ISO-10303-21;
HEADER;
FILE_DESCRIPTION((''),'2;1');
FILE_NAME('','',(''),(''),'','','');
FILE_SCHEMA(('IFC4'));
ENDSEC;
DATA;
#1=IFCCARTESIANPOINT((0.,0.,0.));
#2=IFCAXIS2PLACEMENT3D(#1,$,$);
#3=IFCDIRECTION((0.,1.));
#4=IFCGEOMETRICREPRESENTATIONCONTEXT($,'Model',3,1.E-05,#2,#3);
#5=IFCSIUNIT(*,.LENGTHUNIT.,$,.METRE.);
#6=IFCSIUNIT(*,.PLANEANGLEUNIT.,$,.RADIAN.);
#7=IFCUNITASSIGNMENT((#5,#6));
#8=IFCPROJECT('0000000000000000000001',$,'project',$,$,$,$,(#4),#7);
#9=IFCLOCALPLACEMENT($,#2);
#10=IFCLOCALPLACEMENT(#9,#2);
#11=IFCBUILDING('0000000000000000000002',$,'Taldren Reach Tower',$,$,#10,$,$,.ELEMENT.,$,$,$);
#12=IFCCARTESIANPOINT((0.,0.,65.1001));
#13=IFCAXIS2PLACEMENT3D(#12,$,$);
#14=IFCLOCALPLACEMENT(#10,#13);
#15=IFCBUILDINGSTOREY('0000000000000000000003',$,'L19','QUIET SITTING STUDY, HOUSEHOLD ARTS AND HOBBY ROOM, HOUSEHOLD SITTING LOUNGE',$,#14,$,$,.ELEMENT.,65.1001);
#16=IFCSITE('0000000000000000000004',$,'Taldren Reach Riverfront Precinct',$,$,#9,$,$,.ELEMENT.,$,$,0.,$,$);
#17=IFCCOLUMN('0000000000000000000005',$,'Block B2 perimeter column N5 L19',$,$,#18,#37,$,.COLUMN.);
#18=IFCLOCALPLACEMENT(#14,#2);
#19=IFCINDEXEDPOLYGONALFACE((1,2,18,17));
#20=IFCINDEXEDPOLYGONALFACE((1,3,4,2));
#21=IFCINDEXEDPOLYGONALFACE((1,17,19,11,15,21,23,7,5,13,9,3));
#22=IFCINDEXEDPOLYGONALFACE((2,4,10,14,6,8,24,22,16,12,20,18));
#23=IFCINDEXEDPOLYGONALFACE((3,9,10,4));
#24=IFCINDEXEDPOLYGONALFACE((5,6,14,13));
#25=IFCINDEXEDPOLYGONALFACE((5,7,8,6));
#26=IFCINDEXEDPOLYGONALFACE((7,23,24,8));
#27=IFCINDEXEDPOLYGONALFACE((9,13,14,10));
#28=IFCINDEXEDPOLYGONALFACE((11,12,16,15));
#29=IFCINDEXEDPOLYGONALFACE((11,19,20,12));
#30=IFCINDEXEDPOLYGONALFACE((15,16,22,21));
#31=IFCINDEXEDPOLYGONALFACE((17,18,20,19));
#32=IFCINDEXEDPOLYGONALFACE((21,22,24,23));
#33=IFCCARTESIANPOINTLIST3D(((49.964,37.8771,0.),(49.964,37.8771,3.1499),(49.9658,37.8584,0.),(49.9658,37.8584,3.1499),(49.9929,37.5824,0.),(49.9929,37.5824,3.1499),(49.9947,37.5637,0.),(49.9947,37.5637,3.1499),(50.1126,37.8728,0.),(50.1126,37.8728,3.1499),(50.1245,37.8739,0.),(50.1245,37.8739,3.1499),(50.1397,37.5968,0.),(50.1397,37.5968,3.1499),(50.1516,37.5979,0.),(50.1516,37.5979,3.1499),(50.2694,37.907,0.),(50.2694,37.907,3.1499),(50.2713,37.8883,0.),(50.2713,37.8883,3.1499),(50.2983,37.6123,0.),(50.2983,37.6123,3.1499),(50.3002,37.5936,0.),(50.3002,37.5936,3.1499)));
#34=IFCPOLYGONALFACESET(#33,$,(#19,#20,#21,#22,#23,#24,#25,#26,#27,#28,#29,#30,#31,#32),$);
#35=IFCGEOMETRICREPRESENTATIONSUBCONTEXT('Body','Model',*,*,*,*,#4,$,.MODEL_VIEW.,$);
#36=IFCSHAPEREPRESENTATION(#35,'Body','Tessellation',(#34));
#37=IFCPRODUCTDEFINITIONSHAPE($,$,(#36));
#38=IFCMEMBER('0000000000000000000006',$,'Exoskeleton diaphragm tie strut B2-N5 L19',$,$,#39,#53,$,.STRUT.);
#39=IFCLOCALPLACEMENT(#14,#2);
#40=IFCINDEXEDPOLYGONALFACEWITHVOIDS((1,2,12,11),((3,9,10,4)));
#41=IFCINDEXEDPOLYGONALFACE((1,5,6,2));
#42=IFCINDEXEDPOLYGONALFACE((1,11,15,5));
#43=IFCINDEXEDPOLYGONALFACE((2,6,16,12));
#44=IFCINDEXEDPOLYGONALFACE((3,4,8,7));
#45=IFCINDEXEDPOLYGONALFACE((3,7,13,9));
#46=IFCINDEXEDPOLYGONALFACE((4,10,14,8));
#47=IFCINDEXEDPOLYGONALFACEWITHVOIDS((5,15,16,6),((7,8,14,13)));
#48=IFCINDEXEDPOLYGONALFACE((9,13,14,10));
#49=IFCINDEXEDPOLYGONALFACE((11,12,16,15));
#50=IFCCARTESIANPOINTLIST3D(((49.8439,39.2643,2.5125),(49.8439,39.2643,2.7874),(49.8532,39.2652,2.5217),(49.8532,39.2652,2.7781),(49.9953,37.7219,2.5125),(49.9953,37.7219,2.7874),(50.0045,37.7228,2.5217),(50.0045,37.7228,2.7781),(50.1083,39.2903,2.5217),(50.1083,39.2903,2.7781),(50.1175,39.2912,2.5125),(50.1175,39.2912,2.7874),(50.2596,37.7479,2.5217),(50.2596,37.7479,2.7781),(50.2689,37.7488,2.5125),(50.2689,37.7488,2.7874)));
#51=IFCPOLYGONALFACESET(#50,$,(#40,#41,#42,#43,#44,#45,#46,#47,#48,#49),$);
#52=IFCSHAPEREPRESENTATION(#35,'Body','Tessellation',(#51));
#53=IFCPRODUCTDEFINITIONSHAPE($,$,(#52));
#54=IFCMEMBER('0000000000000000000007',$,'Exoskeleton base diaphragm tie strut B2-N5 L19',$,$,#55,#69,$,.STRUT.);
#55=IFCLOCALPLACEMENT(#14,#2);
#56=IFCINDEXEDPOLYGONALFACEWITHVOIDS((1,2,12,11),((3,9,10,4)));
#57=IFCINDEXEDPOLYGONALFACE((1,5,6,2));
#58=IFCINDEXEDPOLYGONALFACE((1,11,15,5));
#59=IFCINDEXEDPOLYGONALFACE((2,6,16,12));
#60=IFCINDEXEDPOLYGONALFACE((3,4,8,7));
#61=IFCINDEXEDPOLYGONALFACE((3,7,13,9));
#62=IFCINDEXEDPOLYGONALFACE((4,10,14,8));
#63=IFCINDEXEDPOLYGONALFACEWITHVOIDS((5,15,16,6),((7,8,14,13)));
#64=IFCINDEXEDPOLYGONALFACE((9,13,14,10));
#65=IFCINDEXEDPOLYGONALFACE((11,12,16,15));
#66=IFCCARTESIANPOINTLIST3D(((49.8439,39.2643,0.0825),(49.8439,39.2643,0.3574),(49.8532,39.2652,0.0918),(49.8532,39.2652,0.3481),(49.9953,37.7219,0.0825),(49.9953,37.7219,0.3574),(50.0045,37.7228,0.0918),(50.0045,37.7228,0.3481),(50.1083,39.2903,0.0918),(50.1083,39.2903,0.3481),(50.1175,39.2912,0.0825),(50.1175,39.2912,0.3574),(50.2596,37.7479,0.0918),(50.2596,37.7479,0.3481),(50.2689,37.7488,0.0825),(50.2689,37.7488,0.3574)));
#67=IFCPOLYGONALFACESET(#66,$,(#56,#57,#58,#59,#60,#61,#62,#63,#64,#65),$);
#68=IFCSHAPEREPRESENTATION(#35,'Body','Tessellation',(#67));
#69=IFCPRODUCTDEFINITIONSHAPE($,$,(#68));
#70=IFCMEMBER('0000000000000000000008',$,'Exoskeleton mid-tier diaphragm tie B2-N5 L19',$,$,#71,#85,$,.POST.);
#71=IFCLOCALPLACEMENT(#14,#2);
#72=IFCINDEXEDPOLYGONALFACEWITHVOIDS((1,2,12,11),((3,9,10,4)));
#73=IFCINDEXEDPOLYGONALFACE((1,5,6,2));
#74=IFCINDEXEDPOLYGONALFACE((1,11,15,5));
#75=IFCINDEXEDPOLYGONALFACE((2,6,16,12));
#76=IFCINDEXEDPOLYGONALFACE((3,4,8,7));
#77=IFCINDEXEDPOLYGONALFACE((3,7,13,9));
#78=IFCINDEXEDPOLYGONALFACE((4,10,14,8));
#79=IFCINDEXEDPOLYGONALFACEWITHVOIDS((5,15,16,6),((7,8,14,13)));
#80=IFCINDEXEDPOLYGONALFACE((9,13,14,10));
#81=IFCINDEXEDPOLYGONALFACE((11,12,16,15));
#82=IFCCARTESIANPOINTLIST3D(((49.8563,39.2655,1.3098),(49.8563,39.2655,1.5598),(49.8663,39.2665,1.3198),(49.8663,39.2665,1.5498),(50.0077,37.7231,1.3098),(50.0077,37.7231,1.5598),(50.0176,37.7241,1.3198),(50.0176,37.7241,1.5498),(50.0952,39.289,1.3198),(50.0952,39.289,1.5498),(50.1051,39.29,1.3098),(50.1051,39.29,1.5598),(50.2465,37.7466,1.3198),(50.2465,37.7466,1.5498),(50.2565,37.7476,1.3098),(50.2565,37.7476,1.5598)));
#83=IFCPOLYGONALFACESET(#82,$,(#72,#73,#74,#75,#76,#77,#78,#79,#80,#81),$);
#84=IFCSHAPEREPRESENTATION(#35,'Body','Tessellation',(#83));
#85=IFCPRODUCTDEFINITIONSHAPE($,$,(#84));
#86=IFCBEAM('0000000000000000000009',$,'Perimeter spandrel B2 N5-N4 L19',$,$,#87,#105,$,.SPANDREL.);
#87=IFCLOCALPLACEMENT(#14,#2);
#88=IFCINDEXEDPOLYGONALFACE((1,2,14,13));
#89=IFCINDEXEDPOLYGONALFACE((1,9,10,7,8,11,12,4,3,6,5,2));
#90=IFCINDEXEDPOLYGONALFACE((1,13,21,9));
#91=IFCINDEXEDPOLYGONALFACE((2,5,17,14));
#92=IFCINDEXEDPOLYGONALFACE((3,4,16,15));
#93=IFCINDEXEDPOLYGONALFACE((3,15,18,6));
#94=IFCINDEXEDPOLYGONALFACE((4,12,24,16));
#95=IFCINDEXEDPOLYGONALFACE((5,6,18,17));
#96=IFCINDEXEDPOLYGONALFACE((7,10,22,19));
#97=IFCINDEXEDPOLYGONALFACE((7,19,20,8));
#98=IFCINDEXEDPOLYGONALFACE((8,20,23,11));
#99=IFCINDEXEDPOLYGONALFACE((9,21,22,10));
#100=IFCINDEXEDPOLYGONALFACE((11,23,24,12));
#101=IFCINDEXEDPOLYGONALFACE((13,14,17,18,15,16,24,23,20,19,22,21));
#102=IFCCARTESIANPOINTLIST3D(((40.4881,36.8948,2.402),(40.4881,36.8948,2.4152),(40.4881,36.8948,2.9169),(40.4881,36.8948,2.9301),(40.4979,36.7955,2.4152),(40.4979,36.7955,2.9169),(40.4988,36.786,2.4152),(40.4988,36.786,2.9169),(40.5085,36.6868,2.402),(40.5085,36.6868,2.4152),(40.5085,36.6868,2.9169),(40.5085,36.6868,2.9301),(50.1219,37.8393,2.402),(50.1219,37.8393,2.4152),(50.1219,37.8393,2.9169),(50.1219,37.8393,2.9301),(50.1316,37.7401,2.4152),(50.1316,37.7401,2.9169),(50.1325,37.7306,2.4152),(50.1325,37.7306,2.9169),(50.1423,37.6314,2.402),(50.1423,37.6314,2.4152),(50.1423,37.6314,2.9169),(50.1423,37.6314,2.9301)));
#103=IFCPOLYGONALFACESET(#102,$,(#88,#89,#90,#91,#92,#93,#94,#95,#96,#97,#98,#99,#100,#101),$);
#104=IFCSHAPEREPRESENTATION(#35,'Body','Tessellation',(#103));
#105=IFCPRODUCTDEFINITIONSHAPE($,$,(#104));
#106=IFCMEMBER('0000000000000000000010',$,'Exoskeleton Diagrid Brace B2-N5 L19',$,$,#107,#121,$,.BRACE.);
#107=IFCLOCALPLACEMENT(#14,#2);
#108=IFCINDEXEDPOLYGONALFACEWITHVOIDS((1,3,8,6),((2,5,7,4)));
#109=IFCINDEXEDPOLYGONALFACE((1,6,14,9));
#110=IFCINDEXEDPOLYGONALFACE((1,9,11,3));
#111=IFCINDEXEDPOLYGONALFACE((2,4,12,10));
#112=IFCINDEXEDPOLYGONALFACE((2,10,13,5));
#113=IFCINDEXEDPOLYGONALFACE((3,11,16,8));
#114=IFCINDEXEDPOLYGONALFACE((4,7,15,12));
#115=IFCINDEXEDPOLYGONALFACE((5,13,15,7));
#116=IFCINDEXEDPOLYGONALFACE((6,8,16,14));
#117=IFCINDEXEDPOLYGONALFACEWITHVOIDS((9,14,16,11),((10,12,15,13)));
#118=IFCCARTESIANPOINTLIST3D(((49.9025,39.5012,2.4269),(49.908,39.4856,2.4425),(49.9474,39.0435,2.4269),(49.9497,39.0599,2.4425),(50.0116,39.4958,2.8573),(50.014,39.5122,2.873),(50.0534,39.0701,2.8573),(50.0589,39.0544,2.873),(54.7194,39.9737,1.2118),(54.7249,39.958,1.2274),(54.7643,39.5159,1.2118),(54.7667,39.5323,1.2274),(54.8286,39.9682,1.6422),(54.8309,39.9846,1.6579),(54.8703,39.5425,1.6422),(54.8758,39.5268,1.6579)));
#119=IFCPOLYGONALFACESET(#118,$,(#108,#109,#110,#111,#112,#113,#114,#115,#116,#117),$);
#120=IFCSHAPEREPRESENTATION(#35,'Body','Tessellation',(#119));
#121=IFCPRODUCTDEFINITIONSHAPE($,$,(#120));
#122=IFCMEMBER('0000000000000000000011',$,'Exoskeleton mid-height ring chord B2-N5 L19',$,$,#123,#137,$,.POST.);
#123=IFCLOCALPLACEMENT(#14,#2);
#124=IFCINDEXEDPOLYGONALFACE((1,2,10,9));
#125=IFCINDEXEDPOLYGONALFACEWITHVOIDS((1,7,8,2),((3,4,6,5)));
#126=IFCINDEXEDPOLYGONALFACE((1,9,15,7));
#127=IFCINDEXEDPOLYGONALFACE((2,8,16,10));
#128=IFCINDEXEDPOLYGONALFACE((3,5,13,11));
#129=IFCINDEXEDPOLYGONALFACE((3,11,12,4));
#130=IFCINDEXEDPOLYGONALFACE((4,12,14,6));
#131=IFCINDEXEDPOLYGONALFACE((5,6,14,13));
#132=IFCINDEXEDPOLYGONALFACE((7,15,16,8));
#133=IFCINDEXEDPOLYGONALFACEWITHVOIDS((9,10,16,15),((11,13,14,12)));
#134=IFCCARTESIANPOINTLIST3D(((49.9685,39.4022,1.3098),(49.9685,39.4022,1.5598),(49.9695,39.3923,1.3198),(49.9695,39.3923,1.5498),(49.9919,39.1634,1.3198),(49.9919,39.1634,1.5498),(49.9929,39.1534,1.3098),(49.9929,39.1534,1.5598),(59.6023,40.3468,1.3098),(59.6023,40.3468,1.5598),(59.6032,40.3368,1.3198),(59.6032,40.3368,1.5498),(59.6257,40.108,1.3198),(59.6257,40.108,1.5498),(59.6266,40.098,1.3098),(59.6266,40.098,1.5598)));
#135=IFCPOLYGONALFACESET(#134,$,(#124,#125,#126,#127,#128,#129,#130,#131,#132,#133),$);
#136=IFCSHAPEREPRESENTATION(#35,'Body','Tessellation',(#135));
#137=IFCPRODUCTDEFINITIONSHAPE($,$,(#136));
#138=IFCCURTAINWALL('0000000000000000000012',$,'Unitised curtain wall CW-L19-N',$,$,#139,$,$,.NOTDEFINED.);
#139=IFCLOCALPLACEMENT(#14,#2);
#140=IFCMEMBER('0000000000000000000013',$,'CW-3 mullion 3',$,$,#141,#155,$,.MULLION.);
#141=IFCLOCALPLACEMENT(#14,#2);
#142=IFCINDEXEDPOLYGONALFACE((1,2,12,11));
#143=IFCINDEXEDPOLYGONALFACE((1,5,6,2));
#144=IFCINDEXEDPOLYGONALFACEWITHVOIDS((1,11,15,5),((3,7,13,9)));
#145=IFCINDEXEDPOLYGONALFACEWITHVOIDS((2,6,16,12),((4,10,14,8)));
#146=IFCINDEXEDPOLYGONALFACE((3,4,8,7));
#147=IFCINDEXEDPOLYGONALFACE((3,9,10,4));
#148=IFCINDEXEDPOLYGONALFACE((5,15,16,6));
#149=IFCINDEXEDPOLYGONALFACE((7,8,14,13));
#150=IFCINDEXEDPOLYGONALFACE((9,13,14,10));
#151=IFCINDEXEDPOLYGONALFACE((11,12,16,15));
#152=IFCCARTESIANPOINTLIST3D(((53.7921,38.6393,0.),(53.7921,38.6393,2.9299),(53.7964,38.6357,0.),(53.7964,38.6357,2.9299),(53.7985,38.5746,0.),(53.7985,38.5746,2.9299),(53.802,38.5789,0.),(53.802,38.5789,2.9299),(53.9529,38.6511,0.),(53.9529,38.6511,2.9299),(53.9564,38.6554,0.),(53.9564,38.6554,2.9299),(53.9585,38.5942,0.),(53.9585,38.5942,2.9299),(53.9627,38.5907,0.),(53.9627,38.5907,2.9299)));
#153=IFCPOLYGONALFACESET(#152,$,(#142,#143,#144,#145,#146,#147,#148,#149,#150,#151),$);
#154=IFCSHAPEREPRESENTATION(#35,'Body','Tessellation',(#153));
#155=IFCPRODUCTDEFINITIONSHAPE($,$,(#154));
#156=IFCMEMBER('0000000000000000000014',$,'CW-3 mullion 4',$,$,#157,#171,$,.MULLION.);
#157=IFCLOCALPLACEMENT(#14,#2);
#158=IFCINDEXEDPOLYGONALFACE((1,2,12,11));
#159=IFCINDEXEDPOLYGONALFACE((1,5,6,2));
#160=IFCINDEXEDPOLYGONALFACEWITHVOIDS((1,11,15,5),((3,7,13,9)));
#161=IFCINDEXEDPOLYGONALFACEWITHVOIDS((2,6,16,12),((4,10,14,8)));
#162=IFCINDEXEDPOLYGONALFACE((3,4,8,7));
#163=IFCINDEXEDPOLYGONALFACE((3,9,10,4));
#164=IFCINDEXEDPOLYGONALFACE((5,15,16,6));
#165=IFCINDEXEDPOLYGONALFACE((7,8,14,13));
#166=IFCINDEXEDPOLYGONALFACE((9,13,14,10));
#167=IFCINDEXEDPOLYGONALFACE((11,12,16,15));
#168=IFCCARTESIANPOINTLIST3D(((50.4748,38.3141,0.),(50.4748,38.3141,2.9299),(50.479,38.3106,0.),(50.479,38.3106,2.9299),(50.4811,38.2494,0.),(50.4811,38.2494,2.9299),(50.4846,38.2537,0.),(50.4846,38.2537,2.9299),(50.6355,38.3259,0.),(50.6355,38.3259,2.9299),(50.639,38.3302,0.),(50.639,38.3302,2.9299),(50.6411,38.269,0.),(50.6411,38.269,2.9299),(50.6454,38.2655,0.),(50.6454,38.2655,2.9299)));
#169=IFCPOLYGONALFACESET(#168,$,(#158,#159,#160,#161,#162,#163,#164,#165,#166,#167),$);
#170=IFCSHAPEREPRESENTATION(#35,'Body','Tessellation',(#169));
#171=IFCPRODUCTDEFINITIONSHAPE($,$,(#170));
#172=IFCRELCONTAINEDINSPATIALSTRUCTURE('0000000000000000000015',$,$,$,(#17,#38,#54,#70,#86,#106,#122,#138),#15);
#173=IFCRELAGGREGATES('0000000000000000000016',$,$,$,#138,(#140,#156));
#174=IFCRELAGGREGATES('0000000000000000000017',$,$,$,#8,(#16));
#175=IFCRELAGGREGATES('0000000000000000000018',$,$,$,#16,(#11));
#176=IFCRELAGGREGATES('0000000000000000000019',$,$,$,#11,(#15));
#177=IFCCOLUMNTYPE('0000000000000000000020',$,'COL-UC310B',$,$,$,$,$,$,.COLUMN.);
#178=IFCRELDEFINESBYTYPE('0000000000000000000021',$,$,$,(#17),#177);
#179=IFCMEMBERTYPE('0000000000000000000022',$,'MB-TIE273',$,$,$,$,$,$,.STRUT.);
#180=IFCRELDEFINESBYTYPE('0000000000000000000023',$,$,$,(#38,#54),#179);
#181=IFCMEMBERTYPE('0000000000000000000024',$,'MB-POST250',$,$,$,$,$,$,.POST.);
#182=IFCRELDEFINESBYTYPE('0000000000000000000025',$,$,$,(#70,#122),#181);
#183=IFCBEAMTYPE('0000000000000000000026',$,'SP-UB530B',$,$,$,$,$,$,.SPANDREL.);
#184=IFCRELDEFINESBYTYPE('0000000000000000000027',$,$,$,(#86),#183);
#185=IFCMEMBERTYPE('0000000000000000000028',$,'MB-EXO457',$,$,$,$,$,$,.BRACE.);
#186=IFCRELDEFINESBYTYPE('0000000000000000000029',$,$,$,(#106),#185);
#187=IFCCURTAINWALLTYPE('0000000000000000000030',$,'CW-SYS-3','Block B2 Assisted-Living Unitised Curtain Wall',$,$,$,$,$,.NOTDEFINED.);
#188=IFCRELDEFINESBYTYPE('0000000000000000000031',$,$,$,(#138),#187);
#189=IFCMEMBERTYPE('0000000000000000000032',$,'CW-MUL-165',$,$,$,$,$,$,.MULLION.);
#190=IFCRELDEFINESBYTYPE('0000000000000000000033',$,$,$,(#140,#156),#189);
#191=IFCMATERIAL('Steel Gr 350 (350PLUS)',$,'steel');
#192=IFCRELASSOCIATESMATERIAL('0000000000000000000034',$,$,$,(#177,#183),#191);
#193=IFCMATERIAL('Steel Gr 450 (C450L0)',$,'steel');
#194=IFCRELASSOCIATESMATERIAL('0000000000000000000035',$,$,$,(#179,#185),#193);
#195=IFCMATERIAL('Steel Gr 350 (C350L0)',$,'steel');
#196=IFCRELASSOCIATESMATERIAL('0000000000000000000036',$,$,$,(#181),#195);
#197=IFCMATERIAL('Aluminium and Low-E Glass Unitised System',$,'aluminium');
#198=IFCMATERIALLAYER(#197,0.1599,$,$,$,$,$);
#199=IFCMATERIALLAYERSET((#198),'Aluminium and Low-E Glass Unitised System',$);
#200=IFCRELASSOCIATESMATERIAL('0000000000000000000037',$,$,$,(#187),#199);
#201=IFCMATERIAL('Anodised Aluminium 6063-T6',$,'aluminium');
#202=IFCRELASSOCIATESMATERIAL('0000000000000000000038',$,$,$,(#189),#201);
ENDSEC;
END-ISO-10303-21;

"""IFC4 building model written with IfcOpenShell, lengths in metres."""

from ifc_helpers import new_model, si_unit, direction, frame, origin, origin_2d, place, context, subcontext, project, spatial, hollow_rectangle, i_section, extrude, source, transform, mapped, material, layer, layer_set, material_profile, profile_set, type_object, element, aggregate, save


model = new_model("IFC4")

# Units and contexts
model_context = context("Model", 3, precision=1e-05, world=origin(), true_north=direction((0.0, 1.0)))
body_context = subcontext(model_context, "Body", "Model", "MODEL_VIEW")
ifc_project = project(units=[si_unit("LENGTHUNIT", "METRE"), si_unit("PLANEANGLEUNIT", "RADIAN")], contexts=[model_context])

# Site, building, storey
site_placement = place(None, origin())
site = spatial("IfcSite", under=ifc_project, at=site_placement, Name="Taldren Reach Riverfront Precinct", CompositionType="ELEMENT", RefElevation=0.0)
building_placement = place(site_placement, origin())
building = spatial("IfcBuilding", under=site, at=building_placement, Name="Taldren Reach Tower", CompositionType="ELEMENT")
storey_placement = place(building_placement, frame((0.0, 0.0, 65.1001)))
storey = spatial("IfcBuildingStorey", under=building, at=storey_placement, Name="L19", Description="QUIET SITTING STUDY, HOUSEHOLD ARTS AND HOBBY ROOM, HOUSEHOLD SITTING LOUNGE", CompositionType="ELEMENT", Elevation=65.1001)

# Column
ifc_material_1 = material(Name="Steel Gr 350 (350PLUS)", Category="steel")
ifc_material_profile_1 = material_profile(ifc_material_1, i_section(OverallWidth=0.3069, OverallDepth=0.3149, WebThickness=0.012, FlangeThickness=0.0188, at=origin_2d()), Name="310UC118")
ifc_profile_set_1 = profile_set([ifc_material_profile_1], Name="Steel Gr 350 (350PLUS)")
column_type = type_object("IfcColumnType", Name="COL-UC310B", PredefinedType="COLUMN", material=ifc_profile_set_1)
shared_shape_1 = source(origin(), body_context, "Body", "SweptSolid", [
    extrude(i_section(OverallWidth=0.3069, OverallDepth=0.3149, WebThickness=0.012, FlangeThickness=0.0188, at=origin_2d()), origin(), (0.0, 0.0, 1.0), 3.1499),
])
column_placement = place(storey_placement, frame((50.1321, 37.7354, 0.0), z_axis=(0.0, 0.0, 1.0), x_axis=(0.995227, 0.097583, 0.0)))
element("IfcColumn", 1, at=column_placement, inside=storey, type_object=column_type, Name="Block B2 perimeter column N5 L19", PredefinedType="COLUMN", context=body_context, shape_type="MappedRepresentation", body=[
    mapped(shared_shape_1, transform((0.0, 0.0, 0.0), scale=1.0)),
])

# Members
ifc_material_2 = material(Name="Steel Gr 450 (C450L0)", Category="steel")
ifc_material_profile_2 = material_profile(ifc_material_2, hollow_rectangle(XDim=0.2749, YDim=0.2749, WallThickness=0.0093, at=origin_2d()), Name="275x275x9.3SHS")
ifc_profile_set_2 = profile_set([ifc_material_profile_2], Name="Steel Gr 450 (C450L0)")
member_type_1 = type_object("IfcMemberType", Name="MB-TIE273", PredefinedType="STRUT", material=ifc_profile_set_2)
shared_shape_2 = source(origin(), body_context, "Body", "SweptSolid", [
    extrude(hollow_rectangle(XDim=0.2749, YDim=0.2749, WallThickness=0.0093, at=origin_2d()), origin(), (0.0, 0.0, 1.0), 1.5498),
])
for number, where, z_axis, x_axis, name in (
    (2, (50.1321, 37.7354, 2.6499), (-0.097663, 0.99522, 0.0), (-0.99522, -0.097663, 0.0), "Exoskeleton diaphragm tie strut B2-N5 L19"),
    (3, (50.1321, 37.7354, 0.22), (-0.097663, 0.99522, 0.0), (-0.99522, -0.097663, 0.0), "Exoskeleton base diaphragm tie strut B2-N5 L19"),
):
    element("IfcMember", number, at=place(storey_placement, frame(where, z_axis=z_axis, x_axis=x_axis)), inside=storey, type_object=member_type_1, Name=name, PredefinedType="STRUT", context=body_context, shape_type="MappedRepresentation", body=[
        mapped(shared_shape_2, transform((0.0, 0.0, 0.0), scale=1.0)),
    ])
ifc_material_3 = material(Name="Steel Gr 350 (C350L0)", Category="steel")
ifc_material_profile_3 = material_profile(ifc_material_3, hollow_rectangle(XDim=0.25, YDim=0.25, WallThickness=0.01, at=origin_2d()), Name="250x250x10.0SHS")
ifc_profile_set_3 = profile_set([ifc_material_profile_3], Name="Steel Gr 350 (C350L0)")
member_type_2 = type_object("IfcMemberType", Name="MB-POST250", PredefinedType="POST", material=ifc_profile_set_3)
shared_shape_3 = source(origin(), body_context, "Body", "SweptSolid", [
    extrude(hollow_rectangle(XDim=0.25, YDim=0.25, WallThickness=0.01, at=origin_2d()), origin(), (0.0, 0.0, 1.0), 1.5498),
])
member_1_placement = place(storey_placement, frame((50.1321, 37.7354, 1.4348), z_axis=(-0.097663, 0.99522, 0.0), x_axis=(-0.99522, -0.097663, 0.0)))
element("IfcMember", 4, at=member_1_placement, inside=storey, type_object=member_type_2, Name="Exoskeleton mid-tier diaphragm tie B2-N5 L19", PredefinedType="POST", context=body_context, shape_type="MappedRepresentation", body=[
    mapped(shared_shape_3, transform((0.0, 0.0, 0.0), scale=1.0)),
])

# Beam
ifc_material_profile_4 = material_profile(ifc_material_1, i_section(OverallWidth=0.209, OverallDepth=0.5281, WebThickness=0.0095, FlangeThickness=0.0132, at=origin_2d()), Name="530UB82.0")
ifc_profile_set_4 = profile_set([ifc_material_profile_4], Name="Steel Gr 350 (350PLUS)")
beam_type = type_object("IfcBeamType", Name="SP-UB530B", PredefinedType="SPANDREL", material=ifc_profile_set_4)
shared_shape_4 = source(origin(), body_context, "Body", "SweptSolid", [
    extrude(i_section(OverallWidth=0.209, OverallDepth=0.5281, WebThickness=0.0095, FlangeThickness=0.0132, at=origin_2d()), origin(), (0.0, 0.0, 1.0), 9.6799),
])
beam_placement = place(storey_placement, frame((50.1321, 37.7354, 2.666), z_axis=(-0.995228, -0.097581, 0.0), x_axis=(0.097581, -0.995228, 0.0)))
element("IfcBeam", 5, at=beam_placement, inside=storey, type_object=beam_type, Name="Perimeter spandrel B2 N5-N4 L19", PredefinedType="SPANDREL", context=body_context, shape_type="MappedRepresentation", body=[
    mapped(shared_shape_4, transform((0.0, 0.0, 0.0), scale=1.0)),
])

# Members
ifc_material_profile_5 = material_profile(ifc_material_2, hollow_rectangle(XDim=0.46, YDim=0.46, WallThickness=0.0161, at=origin_2d()), Name="460x460x16.0SHS")
ifc_profile_set_5 = profile_set([ifc_material_profile_5], Name="Steel Gr 450 (C450L0)")
member_type_3 = type_object("IfcMemberType", Name="MB-EXO457", PredefinedType="BRACE", material=ifc_profile_set_5)
shared_shape_5 = source(origin(), body_context, "Body", "SweptSolid", [
    extrude(hollow_rectangle(XDim=0.46, YDim=0.46, WallThickness=0.0161, at=origin_2d()), origin(), (0.0, 0.0, 1.0), 4.9902),
])
member_2_placement = place(storey_placement, frame((54.7976, 39.7502, 1.4348), z_axis=(-0.965271, -0.094668, 0.243495), x_axis=(0.097606, -0.995225, 0.0)))
element("IfcMember", 6, at=member_2_placement, inside=storey, type_object=member_type_3, Name="Exoskeleton Diagrid Brace B2-N5 L19", PredefinedType="BRACE", context=body_context, shape_type="MappedRepresentation", body=[
    mapped(shared_shape_5, transform((0.0, 0.0, 0.0), scale=1.0)),
])
shared_shape_6 = source(origin(), body_context, "Body", "SweptSolid", [
    extrude(hollow_rectangle(XDim=0.25, YDim=0.25, WallThickness=0.01, at=origin_2d()), origin(), (0.0, 0.0, 1.0), 9.6799),
])
member_3_placement = place(storey_placement, frame((49.9807, 39.2778, 1.4348), z_axis=(0.995228, 0.097581, 0.0), x_axis=(-0.097581, 0.995228, 0.0)))
element("IfcMember", 7, at=member_3_placement, inside=storey, type_object=member_type_2, Name="Exoskeleton mid-height ring chord B2-N5 L19", PredefinedType="POST", context=body_context, shape_type="MappedRepresentation", body=[
    mapped(shared_shape_6, transform((0.0, 0.0, 0.0), scale=1.0)),
])

# Curtain wall, members
ifc_material_4 = material(Name="Aluminium and Low-E Glass Unitised System", Category="aluminium")
ifc_layer_1 = layer(ifc_material_4, 0.1599)
ifc_layer_set_1 = layer_set([ifc_layer_1], Name="Aluminium and Low-E Glass Unitised System")
curtain_wall_type = type_object("IfcCurtainWallType", Name="CW-SYS-3", Description="Block B2 Assisted-Living Unitised Curtain Wall", PredefinedType="NOTDEFINED", material=ifc_layer_set_1)
curtain_wall_placement = place(storey_placement, origin())
curtain_wall = element("IfcCurtainWall", 8, at=curtain_wall_placement, inside=storey, type_object=curtain_wall_type, Name="Unitised curtain wall CW-L19-N", PredefinedType="NOTDEFINED")
ifc_material_5 = material(Name="Anodised Aluminium 6063-T6", Category="aluminium")
ifc_material_profile_6 = material_profile(ifc_material_5, hollow_rectangle(XDim=0.0649, YDim=0.165, WallThickness=0.0039, at=origin_2d()), Name="ALU-165x65x4RHS")
ifc_profile_set_6 = profile_set([ifc_material_profile_6], Name="Anodised Aluminium 6063-T6")
member_type_4 = type_object("IfcMemberType", Name="CW-MUL-165", PredefinedType="MULLION", material=ifc_profile_set_6)
shared_shape_7 = source(origin(), body_context, "Body", "SweptSolid", [
    extrude(hollow_rectangle(XDim=0.0649, YDim=0.165, WallThickness=0.0039, at=origin_2d()), origin(), (0.0, 0.0, 1.0), 2.9299),
])
member_4_placement = place(storey_placement, frame((53.8774, 38.615, 0.0), z_axis=(0.0, 0.0, 1.0), x_axis=(0.097583, -0.995227, 0.0)))
member_4 = element("IfcMember", 9, at=member_4_placement, type_object=member_type_4, Name="CW-3 mullion 3", PredefinedType="MULLION", context=body_context, shape_type="MappedRepresentation", body=[
    mapped(shared_shape_7, transform((0.0, 0.0, 0.0), scale=1.0)),
])
member_5_placement = place(storey_placement, frame((50.5601, 38.2898, 0.0), z_axis=(0.0, 0.0, 1.0), x_axis=(0.097583, -0.995227, 0.0)))
member_5 = element("IfcMember", 10, at=member_5_placement, type_object=member_type_4, Name="CW-3 mullion 4", PredefinedType="MULLION", context=body_context, shape_type="MappedRepresentation", body=[
    mapped(shared_shape_7, transform((0.0, 0.0, 0.0), scale=1.0)),
])

aggregate(curtain_wall, [member_4, member_5])

save(model, "model.ifc")
